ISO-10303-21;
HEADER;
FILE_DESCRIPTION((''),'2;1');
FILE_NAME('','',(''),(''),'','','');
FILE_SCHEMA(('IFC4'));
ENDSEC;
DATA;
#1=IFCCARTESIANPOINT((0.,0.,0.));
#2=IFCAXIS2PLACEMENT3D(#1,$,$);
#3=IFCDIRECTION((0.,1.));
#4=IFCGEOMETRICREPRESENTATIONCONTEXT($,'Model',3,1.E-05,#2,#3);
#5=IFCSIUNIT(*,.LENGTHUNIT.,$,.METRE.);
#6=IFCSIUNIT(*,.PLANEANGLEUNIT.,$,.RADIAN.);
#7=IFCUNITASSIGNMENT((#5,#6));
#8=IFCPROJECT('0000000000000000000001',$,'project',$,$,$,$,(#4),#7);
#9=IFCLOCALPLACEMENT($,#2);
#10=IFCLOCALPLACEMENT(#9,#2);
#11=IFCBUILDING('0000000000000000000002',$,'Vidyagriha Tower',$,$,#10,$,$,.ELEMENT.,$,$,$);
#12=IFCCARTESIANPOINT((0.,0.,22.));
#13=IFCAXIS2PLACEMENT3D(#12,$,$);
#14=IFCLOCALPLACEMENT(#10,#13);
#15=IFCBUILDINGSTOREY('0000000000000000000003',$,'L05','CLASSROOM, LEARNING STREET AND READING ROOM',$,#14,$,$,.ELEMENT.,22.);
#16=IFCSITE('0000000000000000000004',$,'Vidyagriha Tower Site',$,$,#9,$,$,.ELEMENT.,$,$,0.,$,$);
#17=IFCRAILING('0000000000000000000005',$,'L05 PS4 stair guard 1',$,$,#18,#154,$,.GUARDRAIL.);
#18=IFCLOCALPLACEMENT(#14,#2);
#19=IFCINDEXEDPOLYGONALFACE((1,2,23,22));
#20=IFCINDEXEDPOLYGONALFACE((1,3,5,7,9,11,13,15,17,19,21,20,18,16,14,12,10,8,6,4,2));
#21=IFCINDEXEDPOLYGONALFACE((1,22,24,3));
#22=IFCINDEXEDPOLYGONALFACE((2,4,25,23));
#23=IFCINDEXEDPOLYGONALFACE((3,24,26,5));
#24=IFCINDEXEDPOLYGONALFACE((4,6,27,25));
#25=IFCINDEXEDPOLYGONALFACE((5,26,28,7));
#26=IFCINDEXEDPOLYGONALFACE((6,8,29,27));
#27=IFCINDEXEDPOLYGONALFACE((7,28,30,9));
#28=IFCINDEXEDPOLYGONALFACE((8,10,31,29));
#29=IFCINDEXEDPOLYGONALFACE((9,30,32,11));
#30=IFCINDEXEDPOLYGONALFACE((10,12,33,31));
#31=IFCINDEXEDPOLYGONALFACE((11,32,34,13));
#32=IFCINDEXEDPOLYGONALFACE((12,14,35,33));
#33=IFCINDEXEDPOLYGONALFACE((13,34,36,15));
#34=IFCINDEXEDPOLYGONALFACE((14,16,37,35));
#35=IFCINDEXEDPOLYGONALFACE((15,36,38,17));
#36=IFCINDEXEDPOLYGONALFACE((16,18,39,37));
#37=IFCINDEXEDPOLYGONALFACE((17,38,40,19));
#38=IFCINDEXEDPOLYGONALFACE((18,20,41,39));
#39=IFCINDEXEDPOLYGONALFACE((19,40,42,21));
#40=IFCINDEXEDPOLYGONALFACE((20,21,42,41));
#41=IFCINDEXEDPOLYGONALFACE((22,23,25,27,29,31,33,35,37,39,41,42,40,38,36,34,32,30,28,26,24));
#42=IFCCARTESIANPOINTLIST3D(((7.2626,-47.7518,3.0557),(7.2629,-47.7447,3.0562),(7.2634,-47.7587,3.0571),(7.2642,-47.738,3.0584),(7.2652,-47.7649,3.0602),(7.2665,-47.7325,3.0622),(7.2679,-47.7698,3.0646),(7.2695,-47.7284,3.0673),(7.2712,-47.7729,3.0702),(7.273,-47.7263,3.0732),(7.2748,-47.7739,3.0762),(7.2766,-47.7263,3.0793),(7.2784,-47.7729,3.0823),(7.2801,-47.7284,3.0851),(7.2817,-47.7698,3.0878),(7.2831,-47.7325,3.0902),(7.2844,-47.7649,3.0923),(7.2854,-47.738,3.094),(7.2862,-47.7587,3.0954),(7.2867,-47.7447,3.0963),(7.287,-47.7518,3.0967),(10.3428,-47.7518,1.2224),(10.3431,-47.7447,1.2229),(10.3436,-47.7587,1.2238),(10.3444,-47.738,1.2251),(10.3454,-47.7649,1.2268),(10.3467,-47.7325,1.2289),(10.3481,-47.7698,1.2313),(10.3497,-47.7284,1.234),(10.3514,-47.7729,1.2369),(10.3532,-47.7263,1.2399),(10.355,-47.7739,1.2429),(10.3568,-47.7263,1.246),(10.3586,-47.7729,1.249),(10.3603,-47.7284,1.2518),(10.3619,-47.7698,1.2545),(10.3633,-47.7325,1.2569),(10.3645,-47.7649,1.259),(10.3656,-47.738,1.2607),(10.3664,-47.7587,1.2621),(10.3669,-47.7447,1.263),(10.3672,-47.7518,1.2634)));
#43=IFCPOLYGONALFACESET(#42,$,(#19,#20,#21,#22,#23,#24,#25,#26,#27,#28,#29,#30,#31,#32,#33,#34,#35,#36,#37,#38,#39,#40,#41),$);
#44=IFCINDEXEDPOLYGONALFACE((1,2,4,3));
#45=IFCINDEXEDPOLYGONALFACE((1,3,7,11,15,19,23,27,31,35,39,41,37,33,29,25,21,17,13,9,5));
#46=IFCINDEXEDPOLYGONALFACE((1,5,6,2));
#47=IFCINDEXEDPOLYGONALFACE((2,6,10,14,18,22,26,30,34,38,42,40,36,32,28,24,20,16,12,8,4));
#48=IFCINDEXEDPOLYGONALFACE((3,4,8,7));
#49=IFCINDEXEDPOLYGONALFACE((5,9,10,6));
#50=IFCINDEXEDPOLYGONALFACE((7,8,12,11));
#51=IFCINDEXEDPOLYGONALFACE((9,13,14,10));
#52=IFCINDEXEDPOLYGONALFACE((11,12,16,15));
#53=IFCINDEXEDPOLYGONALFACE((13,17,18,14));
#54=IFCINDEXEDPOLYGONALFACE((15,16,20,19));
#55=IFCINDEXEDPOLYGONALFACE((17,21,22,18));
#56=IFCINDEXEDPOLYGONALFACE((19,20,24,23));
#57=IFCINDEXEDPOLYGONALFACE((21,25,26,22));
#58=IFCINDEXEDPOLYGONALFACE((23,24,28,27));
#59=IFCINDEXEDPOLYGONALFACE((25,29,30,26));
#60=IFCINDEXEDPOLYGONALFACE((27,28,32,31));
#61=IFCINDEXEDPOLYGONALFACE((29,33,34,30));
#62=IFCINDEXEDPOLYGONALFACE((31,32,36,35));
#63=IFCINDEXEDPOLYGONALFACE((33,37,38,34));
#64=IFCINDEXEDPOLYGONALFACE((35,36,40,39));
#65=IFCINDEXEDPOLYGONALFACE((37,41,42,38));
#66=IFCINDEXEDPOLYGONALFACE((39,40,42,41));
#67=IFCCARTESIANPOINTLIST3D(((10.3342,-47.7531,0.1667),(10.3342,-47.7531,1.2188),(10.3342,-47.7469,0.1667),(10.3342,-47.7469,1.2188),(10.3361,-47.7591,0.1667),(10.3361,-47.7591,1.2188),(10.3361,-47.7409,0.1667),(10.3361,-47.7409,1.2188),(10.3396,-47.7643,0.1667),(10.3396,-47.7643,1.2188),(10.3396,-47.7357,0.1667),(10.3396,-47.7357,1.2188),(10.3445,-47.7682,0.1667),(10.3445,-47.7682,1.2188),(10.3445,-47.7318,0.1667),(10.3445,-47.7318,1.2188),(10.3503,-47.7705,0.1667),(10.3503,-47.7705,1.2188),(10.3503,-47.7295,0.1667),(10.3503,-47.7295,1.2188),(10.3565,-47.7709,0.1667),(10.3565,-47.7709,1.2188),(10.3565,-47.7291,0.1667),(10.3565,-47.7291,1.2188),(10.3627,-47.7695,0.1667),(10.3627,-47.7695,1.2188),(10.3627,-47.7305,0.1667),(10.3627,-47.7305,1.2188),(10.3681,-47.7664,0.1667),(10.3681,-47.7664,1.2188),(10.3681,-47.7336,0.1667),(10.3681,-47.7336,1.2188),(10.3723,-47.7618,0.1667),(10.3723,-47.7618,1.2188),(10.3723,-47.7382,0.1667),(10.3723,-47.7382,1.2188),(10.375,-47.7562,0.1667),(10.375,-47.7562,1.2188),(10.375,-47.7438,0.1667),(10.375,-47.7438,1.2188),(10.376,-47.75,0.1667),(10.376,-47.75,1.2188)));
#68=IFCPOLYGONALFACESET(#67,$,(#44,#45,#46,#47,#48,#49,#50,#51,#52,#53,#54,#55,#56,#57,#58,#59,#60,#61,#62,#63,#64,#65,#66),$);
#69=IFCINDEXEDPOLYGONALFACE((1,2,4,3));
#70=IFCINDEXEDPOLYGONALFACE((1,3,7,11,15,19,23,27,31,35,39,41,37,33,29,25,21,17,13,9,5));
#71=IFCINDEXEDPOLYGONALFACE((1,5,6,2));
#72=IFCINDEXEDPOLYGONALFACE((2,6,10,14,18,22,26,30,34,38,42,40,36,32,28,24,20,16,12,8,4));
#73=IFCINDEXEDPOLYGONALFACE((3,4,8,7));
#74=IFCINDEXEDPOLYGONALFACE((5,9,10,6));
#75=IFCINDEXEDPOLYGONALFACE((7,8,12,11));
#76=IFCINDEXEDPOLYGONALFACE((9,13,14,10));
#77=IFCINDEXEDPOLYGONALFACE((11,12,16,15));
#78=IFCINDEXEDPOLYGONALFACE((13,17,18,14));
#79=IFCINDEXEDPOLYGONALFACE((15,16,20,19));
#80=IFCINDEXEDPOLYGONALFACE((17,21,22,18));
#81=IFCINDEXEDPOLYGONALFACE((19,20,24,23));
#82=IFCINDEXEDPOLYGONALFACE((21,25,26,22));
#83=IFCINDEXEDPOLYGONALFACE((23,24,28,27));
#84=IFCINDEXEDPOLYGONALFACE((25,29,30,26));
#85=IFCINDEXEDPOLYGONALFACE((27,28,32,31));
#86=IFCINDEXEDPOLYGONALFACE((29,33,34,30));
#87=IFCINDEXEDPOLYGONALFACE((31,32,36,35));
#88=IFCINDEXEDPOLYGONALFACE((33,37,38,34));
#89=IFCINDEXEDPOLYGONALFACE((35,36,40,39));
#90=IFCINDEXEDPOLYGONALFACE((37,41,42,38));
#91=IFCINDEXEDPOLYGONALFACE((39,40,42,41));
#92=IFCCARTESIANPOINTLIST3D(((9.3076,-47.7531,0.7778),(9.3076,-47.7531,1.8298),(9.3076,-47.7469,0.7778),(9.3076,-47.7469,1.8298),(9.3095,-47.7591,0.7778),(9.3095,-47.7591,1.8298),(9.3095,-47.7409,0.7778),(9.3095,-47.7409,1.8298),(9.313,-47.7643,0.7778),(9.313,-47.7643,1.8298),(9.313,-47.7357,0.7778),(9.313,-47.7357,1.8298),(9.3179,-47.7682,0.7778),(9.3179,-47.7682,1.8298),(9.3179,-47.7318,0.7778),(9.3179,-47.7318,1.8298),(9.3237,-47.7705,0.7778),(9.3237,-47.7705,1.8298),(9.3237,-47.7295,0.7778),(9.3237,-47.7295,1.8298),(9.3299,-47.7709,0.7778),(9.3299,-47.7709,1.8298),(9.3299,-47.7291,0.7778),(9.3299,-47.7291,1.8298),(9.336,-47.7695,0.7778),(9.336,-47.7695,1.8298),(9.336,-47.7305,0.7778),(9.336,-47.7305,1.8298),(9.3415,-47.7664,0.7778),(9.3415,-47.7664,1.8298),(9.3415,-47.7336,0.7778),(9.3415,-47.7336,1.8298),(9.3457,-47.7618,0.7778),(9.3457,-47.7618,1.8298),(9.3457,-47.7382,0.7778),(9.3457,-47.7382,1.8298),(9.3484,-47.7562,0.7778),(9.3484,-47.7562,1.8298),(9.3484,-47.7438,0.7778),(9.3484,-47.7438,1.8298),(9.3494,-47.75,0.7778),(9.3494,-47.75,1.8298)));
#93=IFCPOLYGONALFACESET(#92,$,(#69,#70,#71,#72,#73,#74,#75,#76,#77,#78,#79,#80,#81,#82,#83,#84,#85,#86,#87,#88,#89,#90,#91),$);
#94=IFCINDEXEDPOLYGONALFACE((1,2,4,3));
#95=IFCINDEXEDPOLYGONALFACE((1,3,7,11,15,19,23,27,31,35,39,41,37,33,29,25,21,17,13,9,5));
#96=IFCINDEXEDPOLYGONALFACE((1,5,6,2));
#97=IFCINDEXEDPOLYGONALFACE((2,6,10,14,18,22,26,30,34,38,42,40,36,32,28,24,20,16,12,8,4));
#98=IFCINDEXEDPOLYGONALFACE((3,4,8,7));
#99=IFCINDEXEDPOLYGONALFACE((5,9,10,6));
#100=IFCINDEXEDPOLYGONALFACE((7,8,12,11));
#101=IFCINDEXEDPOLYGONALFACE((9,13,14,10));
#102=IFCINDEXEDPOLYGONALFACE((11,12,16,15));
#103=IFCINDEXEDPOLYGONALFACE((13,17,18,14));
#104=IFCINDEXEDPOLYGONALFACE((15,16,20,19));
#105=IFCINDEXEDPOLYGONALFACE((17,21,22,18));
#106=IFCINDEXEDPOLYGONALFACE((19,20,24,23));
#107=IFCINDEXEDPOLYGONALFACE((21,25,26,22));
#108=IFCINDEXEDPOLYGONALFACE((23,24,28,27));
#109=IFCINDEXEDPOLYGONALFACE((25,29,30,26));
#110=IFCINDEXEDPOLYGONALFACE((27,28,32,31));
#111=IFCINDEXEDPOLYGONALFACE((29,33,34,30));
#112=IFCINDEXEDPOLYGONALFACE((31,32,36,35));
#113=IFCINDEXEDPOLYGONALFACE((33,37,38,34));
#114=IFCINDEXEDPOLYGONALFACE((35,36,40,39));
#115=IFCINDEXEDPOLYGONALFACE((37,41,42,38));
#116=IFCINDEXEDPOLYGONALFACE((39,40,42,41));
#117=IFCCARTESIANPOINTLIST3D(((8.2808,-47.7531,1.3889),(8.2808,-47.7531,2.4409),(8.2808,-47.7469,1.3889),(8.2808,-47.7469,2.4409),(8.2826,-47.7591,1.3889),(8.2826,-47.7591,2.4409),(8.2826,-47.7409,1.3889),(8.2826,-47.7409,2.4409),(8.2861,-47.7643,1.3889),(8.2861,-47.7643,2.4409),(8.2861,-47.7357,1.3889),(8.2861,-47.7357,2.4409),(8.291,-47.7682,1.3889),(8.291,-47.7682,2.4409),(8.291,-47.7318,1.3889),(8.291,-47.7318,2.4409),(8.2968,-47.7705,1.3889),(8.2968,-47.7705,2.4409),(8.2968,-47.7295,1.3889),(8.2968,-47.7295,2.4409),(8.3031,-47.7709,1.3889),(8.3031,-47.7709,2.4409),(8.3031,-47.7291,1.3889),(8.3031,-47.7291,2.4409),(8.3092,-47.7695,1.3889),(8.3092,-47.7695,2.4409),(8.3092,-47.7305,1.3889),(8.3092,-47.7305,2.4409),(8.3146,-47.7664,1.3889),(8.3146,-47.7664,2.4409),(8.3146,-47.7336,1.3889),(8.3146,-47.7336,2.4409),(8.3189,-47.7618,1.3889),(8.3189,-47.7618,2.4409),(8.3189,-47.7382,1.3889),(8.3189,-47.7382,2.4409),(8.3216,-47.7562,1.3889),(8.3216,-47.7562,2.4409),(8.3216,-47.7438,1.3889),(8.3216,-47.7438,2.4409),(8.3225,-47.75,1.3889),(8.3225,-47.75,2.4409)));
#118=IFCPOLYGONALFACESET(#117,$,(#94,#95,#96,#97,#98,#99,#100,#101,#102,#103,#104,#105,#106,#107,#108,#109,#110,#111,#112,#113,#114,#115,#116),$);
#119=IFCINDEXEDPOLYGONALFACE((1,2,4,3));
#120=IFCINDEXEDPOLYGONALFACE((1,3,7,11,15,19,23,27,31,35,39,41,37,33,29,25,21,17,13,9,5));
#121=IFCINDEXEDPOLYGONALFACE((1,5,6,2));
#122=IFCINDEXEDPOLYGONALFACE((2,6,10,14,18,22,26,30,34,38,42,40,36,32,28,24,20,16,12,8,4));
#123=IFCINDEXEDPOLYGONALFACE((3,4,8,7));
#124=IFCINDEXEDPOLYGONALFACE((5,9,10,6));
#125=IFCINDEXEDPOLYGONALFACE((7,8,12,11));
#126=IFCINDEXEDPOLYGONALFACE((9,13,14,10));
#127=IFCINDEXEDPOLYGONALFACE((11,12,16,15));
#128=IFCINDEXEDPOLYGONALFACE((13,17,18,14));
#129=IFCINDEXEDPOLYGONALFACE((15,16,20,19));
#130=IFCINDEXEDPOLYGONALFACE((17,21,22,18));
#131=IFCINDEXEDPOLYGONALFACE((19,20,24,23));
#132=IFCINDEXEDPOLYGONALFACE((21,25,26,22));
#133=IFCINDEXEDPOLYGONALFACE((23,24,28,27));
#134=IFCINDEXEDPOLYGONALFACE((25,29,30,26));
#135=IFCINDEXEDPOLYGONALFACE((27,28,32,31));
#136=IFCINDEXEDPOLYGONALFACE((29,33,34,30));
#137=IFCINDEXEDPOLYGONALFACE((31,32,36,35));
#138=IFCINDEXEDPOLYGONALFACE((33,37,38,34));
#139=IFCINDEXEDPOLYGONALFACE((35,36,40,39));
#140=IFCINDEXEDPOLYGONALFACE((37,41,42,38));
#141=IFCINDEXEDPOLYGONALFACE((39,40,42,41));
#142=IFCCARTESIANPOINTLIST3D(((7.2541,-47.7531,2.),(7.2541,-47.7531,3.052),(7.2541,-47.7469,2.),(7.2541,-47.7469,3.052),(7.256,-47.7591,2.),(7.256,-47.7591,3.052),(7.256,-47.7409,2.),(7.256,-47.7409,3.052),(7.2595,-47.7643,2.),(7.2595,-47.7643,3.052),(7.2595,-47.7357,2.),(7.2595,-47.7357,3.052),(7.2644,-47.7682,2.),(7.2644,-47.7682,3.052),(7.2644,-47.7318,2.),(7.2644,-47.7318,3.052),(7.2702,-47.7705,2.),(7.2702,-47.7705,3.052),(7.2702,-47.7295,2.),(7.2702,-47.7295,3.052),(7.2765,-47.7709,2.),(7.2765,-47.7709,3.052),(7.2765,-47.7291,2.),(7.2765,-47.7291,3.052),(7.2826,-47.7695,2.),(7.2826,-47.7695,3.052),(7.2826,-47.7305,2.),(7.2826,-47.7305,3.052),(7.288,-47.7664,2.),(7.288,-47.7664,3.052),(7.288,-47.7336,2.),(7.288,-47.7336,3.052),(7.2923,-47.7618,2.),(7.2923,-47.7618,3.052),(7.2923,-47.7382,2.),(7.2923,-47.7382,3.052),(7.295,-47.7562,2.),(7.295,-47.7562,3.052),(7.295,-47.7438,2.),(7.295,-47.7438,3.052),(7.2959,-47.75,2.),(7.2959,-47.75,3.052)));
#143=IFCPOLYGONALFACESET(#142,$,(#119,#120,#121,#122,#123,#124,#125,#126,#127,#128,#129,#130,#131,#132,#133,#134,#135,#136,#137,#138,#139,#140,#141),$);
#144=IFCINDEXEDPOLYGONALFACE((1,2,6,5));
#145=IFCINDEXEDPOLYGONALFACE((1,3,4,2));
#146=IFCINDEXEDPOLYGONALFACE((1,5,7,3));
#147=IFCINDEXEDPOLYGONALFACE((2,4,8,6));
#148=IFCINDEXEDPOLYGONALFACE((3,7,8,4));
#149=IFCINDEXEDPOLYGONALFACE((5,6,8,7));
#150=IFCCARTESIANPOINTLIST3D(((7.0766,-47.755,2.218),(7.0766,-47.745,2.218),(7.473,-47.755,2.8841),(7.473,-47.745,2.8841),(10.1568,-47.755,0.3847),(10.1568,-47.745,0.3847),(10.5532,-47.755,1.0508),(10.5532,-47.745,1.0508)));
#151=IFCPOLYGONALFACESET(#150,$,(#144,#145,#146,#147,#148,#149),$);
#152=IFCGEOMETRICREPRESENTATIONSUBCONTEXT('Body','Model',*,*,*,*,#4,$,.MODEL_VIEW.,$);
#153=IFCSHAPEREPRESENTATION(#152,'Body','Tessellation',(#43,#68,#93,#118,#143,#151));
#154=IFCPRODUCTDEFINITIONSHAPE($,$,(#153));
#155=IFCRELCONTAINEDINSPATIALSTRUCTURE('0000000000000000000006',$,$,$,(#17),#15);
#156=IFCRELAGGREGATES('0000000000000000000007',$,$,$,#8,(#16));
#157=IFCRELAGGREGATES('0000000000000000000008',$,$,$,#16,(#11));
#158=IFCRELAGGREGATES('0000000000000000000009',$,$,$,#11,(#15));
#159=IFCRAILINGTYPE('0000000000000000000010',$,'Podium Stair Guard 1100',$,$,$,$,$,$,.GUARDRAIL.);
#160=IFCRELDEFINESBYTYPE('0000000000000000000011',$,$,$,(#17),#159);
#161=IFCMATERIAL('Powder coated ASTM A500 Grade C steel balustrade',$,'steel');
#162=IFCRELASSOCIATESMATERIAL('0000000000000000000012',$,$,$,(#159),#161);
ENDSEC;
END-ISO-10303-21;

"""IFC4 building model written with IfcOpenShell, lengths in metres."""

from ifc_helpers import new_model, si_unit, direction, frame, origin, origin_2d, place, context, subcontext, project, spatial, rectangle, circle, extrude, material, type_object, element, save


model = new_model("IFC4")

# Units and contexts
model_context = context("Model", 3, precision=1e-05, world=origin(), true_north=direction((0.0, 1.0)))
body_context = subcontext(model_context, "Body", "Model", "MODEL_VIEW")
ifc_project = project(units=[si_unit("LENGTHUNIT", "METRE"), si_unit("PLANEANGLEUNIT", "RADIAN")], contexts=[model_context])

# Site, building, storey
site_placement = place(None, origin())
site = spatial("IfcSite", under=ifc_project, at=site_placement, Name="Vidyagriha Tower Site", CompositionType="ELEMENT", RefElevation=0.0)
building_placement = place(site_placement, origin())
building = spatial("IfcBuilding", under=site, at=building_placement, Name="Vidyagriha Tower", CompositionType="ELEMENT")
storey_placement = place(building_placement, frame((0.0, 0.0, 22.0)))
storey = spatial("IfcBuildingStorey", under=building, at=storey_placement, Name="L05", Description="CLASSROOM, LEARNING STREET AND READING ROOM", CompositionType="ELEMENT", Elevation=22.0)

# Railing
ifc_material_1 = material(Name="Powder coated ASTM A500 Grade C steel balustrade", Category="steel")
railing_type_1 = type_object("IfcRailingType", Name="Podium Stair Guard 1100", PredefinedType="GUARDRAIL", material=ifc_material_1)
railing_1_placement = place(storey_placement, frame((10.355, -47.75, 0.1667)))
element("IfcRailing", 1, at=railing_1_placement, inside=storey, type_object=railing_type_1, Name="L05 PS4 stair guard 1", PredefinedType="GUARDRAIL", context=body_context, shape_type="SweptSolid", body=[
    extrude(circle(Radius=0.0239, at=origin_2d()), frame((0.0, 0.0, 1.0762), z_axis=(-0.859309, 0.0, 0.511458), x_axis=(0.0, -1.0, 0.0)), (0.0, 0.0, 1.0), 3.5845),
    extrude(circle(Radius=0.021, at=origin_2d()), origin(), (0.0, 0.0, 1.0), 1.052),
    extrude(circle(Radius=0.021, at=origin_2d()), frame((-1.0266, 0.0, 0.6111)), (0.0, 0.0, 1.0), 1.052),
    extrude(circle(Radius=0.021, at=origin_2d()), frame((-2.0535, 0.0, 1.2222)), (0.0, 0.0, 1.0), 1.052),
    extrude(circle(Radius=0.021, at=origin_2d()), frame((-3.0801, 0.0, 1.8333)), (0.0, 0.0, 1.0), 1.052),
    extrude(rectangle(XDim=0.01, YDim=0.7751, at=origin_2d()), frame((0.0, 0.0, 0.551), z_axis=(-0.859309, 0.0, 0.511458), x_axis=(0.0, -1.0, 0.0)), (0.0, 0.0, 1.0), 3.5845),
])

save(model, "model.ifc")
